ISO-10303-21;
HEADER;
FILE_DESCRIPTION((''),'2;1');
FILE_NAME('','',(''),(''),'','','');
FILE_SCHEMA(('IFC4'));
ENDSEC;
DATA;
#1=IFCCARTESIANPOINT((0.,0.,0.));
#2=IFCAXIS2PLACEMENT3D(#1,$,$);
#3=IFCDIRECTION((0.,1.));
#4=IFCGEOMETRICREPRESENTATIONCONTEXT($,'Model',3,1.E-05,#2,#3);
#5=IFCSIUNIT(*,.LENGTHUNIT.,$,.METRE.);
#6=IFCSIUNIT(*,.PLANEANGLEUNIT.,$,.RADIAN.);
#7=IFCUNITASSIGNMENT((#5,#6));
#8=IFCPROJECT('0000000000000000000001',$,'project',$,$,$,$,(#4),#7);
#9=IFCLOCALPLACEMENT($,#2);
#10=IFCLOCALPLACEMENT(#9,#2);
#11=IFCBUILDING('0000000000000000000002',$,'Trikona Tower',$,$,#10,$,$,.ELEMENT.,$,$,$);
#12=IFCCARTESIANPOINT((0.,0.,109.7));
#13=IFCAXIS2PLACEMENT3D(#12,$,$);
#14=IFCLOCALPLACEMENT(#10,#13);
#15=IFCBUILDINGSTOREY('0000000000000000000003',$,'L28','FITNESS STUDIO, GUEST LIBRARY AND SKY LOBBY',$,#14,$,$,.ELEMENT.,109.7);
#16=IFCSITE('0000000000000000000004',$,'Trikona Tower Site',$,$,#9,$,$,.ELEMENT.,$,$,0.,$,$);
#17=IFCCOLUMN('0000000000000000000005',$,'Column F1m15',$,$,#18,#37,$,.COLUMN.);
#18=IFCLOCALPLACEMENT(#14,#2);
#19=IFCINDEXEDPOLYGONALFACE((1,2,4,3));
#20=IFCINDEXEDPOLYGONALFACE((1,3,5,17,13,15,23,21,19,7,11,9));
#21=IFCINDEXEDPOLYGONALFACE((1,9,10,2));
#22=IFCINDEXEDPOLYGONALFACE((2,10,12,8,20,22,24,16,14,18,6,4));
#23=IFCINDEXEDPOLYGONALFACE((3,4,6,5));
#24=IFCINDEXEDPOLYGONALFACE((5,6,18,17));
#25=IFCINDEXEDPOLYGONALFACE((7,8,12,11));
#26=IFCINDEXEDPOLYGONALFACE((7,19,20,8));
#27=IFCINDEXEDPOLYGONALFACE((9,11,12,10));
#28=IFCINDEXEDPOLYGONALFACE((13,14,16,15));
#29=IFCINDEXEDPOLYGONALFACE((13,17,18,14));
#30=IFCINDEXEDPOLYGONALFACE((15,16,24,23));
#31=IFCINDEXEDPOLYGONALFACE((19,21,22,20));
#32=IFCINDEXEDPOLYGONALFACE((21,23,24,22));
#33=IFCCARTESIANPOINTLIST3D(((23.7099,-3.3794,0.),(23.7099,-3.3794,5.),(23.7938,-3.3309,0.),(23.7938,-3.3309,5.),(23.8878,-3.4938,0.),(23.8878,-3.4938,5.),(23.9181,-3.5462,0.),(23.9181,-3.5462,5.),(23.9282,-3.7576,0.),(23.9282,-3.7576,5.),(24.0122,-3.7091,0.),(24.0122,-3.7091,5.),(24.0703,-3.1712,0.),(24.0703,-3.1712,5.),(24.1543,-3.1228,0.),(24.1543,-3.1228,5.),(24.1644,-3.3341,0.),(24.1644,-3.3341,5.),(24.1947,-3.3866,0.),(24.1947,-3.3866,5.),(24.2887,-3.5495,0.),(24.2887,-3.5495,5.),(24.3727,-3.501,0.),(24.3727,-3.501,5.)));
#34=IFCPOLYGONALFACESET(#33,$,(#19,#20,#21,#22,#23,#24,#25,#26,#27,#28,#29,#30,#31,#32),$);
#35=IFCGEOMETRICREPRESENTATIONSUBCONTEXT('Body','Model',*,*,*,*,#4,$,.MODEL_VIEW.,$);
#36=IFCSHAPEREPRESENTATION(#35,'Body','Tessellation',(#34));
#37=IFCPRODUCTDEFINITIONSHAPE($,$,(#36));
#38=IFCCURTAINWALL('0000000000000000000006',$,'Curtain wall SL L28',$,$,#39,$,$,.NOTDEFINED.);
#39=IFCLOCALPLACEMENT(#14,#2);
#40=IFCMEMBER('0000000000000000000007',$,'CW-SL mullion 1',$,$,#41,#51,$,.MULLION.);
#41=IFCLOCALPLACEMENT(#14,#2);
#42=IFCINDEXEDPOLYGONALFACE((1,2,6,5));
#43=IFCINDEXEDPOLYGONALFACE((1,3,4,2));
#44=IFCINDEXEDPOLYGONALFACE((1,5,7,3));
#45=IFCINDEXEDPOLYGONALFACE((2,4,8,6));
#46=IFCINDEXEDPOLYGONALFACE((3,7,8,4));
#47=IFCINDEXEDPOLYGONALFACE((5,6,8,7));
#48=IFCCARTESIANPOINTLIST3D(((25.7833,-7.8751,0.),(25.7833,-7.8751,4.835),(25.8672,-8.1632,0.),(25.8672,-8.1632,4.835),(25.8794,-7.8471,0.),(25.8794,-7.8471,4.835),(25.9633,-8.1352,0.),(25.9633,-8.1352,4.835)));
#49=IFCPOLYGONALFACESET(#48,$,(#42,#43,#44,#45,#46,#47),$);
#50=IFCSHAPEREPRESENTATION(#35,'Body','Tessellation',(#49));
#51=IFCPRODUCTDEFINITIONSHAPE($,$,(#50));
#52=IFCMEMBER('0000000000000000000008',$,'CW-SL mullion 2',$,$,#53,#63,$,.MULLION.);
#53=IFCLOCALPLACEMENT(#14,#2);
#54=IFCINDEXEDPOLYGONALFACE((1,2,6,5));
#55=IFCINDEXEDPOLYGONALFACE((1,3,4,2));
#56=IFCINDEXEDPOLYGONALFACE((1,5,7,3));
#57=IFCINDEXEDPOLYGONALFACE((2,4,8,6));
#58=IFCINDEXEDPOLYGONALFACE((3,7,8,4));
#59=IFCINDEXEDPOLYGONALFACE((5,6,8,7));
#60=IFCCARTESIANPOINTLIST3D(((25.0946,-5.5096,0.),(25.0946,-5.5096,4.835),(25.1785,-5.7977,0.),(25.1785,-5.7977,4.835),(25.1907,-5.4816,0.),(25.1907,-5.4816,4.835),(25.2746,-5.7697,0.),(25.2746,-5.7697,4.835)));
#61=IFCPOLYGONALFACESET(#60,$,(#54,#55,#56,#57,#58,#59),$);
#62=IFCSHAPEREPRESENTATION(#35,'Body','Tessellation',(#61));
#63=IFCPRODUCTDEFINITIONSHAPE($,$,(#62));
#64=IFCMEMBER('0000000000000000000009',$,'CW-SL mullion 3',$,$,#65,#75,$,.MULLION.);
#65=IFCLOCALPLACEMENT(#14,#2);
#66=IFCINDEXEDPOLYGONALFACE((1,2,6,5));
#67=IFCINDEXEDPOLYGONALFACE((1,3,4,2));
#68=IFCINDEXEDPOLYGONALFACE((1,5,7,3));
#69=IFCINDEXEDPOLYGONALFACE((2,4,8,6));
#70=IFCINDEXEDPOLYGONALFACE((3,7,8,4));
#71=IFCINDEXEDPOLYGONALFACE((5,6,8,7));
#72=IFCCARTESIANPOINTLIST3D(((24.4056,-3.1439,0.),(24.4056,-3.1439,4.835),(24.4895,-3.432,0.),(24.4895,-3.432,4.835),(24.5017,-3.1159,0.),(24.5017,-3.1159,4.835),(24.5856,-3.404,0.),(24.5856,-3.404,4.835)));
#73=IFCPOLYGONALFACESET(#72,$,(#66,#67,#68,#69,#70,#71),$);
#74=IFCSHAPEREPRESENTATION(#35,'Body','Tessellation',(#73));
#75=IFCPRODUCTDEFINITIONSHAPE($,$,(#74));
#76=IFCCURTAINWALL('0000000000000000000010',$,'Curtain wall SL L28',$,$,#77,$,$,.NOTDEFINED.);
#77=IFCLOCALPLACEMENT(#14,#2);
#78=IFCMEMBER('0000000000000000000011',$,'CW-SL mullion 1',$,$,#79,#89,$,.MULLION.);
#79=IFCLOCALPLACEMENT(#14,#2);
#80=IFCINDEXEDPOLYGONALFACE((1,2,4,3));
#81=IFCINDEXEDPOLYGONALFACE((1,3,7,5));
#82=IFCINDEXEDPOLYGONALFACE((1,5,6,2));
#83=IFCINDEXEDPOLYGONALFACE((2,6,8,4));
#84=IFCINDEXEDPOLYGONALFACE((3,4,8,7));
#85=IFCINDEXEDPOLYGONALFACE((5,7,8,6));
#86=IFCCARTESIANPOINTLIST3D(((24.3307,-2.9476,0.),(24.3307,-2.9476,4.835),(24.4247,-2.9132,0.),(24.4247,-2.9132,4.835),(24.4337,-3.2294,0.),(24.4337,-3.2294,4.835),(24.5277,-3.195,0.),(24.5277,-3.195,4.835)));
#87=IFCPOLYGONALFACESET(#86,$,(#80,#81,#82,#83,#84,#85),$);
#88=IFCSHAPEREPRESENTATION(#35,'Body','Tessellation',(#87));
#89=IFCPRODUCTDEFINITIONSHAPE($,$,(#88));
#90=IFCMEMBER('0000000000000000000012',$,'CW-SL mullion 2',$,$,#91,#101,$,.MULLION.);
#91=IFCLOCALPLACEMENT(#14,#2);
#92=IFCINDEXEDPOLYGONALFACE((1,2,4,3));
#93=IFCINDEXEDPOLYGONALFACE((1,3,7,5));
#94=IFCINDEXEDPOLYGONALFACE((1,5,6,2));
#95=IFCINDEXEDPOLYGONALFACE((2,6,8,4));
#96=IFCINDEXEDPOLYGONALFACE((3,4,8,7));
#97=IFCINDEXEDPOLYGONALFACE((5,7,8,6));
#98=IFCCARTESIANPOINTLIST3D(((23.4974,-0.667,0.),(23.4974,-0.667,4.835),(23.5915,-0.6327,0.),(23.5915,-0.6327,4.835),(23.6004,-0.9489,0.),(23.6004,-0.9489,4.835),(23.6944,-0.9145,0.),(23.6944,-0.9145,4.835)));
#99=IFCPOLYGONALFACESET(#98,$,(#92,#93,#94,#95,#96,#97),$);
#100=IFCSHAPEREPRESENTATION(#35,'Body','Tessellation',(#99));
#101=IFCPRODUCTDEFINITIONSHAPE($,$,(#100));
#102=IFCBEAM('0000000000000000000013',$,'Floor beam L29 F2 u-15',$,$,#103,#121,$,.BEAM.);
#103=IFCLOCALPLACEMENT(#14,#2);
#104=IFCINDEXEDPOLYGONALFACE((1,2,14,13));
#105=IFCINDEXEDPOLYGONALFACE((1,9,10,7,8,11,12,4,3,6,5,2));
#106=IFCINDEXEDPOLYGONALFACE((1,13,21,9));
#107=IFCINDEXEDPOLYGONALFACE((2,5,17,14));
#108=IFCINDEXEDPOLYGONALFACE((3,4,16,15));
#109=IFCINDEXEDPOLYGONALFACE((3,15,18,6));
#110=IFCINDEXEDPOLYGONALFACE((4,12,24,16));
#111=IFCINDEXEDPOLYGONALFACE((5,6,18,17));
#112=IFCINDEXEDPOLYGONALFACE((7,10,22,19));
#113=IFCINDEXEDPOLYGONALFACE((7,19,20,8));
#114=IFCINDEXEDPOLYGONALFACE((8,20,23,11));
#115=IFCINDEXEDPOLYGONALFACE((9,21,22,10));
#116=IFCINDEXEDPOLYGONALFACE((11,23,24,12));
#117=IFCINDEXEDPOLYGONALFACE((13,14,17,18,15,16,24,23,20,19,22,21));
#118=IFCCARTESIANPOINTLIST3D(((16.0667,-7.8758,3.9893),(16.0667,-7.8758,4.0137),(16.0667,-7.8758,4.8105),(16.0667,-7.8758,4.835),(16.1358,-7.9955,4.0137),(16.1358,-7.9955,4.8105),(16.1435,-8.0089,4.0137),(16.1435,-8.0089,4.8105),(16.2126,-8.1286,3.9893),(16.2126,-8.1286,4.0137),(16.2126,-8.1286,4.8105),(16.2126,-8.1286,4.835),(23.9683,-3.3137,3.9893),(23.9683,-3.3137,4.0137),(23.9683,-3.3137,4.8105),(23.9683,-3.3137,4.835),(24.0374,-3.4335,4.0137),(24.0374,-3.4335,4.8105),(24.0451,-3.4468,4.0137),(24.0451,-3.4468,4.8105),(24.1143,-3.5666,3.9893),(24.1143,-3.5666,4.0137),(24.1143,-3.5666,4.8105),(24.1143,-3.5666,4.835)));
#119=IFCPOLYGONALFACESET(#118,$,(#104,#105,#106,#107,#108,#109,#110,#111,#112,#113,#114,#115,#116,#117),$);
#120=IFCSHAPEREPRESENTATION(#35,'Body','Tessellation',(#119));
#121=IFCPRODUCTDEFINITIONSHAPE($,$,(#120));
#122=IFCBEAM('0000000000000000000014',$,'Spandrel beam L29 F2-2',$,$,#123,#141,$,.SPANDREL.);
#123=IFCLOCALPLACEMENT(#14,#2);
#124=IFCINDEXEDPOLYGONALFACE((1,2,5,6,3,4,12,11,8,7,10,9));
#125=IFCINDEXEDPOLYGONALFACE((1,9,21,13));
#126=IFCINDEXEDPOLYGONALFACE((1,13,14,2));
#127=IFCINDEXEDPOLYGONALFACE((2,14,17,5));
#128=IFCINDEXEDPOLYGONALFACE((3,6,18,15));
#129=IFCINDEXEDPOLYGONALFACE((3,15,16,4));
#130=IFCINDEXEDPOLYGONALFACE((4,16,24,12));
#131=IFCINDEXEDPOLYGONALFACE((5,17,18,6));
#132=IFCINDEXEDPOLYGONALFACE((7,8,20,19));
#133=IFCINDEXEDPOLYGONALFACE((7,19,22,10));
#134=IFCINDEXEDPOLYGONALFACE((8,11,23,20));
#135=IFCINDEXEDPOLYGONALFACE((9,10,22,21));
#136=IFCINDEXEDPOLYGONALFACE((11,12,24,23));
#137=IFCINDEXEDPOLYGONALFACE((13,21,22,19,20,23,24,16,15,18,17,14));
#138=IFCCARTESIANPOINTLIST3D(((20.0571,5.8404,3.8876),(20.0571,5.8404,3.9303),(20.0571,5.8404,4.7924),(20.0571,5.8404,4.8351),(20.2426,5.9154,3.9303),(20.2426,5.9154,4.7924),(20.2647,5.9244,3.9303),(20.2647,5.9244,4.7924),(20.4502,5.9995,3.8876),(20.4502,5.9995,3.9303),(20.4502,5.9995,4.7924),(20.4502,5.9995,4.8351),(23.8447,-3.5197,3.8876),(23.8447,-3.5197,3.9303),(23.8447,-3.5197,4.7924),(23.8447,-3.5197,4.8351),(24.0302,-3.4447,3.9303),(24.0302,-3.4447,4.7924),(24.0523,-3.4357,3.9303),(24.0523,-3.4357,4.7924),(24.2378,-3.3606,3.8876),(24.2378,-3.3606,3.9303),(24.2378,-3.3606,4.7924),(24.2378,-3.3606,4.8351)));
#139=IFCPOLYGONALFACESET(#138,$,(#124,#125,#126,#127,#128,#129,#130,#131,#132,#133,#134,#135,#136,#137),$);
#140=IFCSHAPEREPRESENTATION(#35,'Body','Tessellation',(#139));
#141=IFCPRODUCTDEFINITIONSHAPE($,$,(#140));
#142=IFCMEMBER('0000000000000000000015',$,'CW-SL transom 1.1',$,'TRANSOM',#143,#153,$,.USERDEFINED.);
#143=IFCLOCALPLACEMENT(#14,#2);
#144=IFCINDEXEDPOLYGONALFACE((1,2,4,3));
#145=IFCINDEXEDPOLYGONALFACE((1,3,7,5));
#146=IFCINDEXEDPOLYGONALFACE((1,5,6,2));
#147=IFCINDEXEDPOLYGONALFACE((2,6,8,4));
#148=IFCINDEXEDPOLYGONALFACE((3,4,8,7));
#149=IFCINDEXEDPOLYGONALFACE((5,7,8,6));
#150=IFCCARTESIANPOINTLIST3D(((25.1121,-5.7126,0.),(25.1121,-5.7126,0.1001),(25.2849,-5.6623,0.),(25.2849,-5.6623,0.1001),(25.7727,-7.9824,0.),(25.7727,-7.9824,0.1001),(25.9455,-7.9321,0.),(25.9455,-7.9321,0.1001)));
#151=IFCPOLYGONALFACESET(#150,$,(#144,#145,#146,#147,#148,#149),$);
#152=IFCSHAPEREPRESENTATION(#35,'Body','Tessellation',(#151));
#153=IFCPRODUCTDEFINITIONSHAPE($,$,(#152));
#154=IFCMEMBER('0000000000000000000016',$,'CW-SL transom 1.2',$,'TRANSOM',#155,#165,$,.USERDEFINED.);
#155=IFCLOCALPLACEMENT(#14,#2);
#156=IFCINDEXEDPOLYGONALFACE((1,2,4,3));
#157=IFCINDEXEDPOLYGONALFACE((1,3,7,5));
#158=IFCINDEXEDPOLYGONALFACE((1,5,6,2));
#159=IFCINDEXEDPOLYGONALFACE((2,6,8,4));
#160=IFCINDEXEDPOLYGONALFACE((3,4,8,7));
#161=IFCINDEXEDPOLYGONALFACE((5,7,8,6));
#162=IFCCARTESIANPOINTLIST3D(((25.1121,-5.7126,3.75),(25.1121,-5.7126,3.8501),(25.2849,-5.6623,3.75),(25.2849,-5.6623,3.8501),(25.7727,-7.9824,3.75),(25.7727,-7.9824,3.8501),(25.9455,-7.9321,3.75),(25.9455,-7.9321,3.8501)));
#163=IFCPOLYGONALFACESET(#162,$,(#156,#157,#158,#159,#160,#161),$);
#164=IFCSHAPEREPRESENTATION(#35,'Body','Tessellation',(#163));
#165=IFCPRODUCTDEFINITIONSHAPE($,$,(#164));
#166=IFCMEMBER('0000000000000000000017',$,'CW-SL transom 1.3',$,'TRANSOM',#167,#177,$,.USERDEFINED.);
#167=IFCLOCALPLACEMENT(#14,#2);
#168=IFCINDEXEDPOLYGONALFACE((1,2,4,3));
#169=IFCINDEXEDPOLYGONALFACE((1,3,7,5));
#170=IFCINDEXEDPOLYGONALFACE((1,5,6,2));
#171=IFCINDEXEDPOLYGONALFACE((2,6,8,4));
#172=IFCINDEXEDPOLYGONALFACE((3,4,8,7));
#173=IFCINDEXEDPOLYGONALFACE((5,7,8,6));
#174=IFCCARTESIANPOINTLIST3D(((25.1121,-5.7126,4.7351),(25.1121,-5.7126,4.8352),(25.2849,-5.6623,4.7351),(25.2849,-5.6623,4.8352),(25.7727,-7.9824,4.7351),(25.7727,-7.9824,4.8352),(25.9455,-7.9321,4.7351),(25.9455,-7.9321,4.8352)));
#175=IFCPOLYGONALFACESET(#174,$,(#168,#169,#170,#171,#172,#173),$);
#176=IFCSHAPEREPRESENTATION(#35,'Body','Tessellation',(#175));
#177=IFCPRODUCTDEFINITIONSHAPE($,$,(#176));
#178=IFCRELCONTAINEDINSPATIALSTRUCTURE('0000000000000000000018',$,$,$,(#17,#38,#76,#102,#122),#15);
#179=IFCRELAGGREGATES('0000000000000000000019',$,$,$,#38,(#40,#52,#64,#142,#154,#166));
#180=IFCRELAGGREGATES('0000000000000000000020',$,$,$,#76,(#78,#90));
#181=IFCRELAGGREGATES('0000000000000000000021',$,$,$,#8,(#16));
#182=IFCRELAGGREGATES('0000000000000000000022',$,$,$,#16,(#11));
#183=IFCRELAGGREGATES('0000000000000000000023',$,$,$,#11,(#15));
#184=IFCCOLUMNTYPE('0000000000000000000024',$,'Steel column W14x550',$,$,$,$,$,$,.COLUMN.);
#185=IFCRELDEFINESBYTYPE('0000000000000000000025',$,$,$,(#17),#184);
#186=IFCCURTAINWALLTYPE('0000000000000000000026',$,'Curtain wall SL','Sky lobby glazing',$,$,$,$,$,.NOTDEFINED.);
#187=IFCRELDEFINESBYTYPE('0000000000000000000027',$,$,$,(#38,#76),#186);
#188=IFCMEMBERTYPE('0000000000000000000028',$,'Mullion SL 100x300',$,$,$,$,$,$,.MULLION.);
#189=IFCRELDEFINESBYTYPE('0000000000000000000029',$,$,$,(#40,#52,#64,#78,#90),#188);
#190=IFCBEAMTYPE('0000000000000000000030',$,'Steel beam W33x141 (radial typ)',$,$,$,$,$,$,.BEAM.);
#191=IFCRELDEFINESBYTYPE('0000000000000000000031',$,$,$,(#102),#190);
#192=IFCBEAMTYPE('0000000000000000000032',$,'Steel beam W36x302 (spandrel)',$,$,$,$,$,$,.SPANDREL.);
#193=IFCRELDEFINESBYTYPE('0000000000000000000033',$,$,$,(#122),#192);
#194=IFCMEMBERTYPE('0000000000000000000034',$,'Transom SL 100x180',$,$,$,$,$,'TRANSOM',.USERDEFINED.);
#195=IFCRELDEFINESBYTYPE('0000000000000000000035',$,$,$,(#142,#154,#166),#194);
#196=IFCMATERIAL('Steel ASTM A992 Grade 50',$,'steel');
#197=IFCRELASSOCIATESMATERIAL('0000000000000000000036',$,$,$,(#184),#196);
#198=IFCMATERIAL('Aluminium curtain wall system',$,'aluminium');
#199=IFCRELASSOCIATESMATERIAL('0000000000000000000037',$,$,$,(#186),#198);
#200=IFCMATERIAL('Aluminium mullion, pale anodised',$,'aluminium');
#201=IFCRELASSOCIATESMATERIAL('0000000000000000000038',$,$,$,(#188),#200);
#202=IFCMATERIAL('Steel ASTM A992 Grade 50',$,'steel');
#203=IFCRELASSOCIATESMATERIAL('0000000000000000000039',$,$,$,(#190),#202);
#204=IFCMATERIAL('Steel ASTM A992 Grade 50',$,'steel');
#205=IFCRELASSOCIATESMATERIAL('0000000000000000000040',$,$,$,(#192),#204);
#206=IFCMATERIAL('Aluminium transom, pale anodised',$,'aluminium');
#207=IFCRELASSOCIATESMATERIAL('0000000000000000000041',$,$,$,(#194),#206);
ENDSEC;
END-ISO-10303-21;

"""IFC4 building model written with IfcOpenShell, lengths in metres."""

from ifc_helpers import new_model, si_unit, direction, frame, origin, origin_2d, place, context, subcontext, project, spatial, rectangle, i_section, extrude, material, material_profile, profile_set, type_object, element, aggregate, save


model = new_model("IFC4")

# Units and contexts
model_context = context("Model", 3, precision=1e-05, world=origin(), true_north=direction((0.0, 1.0)))
body_context = subcontext(model_context, "Body", "Model", "MODEL_VIEW")
ifc_project = project(units=[si_unit("LENGTHUNIT", "METRE"), si_unit("PLANEANGLEUNIT", "RADIAN")], contexts=[model_context])

# Site, building, storey
site_placement = place(None, origin())
site = spatial("IfcSite", under=ifc_project, at=site_placement, Name="Trikona Tower Site", CompositionType="ELEMENT", RefElevation=0.0)
building_placement = place(site_placement, origin())
building = spatial("IfcBuilding", under=site, at=building_placement, Name="Trikona Tower", CompositionType="ELEMENT")
storey_placement = place(building_placement, frame((0.0, 0.0, 109.7)))
storey = spatial("IfcBuildingStorey", under=building, at=storey_placement, Name="L28", Description="FITNESS STUDIO, GUEST LIBRARY AND SKY LOBBY", CompositionType="ELEMENT", Elevation=109.7)

# Column
ifc_material_1 = material(Name="Steel ASTM A992 Grade 50", Category="steel")
ifc_material_profile_1 = material_profile(ifc_material_1, i_section(OverallWidth=0.4368, OverallDepth=0.5132, WebThickness=0.0605, FlangeThickness=0.0969, at=origin_2d()), Name="W14X550")
ifc_profile_set_1 = profile_set([ifc_material_profile_1], Name="Steel ASTM A992 Grade 50")
column_type = type_object("IfcColumnType", Name="Steel column W14x550", PredefinedType="COLUMN", material=ifc_profile_set_1)
column_placement = place(storey_placement, frame((24.0413, -3.4402, 0.0), z_axis=(0.0, 0.0, 1.0), x_axis=(-0.5, 0.866025, 0.0)))
element("IfcColumn", 1, at=column_placement, inside=storey, type_object=column_type, Name="Column F1m15", PredefinedType="COLUMN", context=body_context, shape_type="SweptSolid", body=[
    extrude(i_section(OverallWidth=0.4368, OverallDepth=0.5132, WebThickness=0.0605, FlangeThickness=0.0969, at=origin_2d()), origin(), (0.0, 0.0, 1.0), 5.0),
])

# Curtain walls, members
ifc_material_2 = material(Name="Aluminium curtain wall system", Category="aluminium")
curtain_wall_type = type_object("IfcCurtainWallType", Name="Curtain wall SL", Description="Sky lobby glazing", PredefinedType="NOTDEFINED", material=ifc_material_2)
curtain_wall_1_placement = place(storey_placement, origin())
curtain_wall_1 = element("IfcCurtainWall", 2, at=curtain_wall_1_placement, inside=storey, type_object=curtain_wall_type, Name="Curtain wall SL L28", PredefinedType="NOTDEFINED")
ifc_material_3 = material(Name="Aluminium mullion, pale anodised", Category="aluminium")
ifc_material_profile_2 = material_profile(ifc_material_3, rectangle(XDim=0.1001, YDim=0.3, at=origin_2d()), Name="MUL-SL")
ifc_profile_set_2 = profile_set([ifc_material_profile_2], Name="Aluminium mullion, pale anodised")
member_type_1 = type_object("IfcMemberType", Name="Mullion SL 100x300", PredefinedType="MULLION", material=ifc_profile_set_2)
member_1_placement = place(storey_placement, frame((25.8733, -8.0051, 0.0), z_axis=(0.0, 0.0, 1.0), x_axis=(-0.960132, -0.279549, 0.0)))
member_1 = element("IfcMember", 3, at=member_1_placement, type_object=member_type_1, Name="CW-SL mullion 1", PredefinedType="MULLION", context=body_context, shape_type="SweptSolid", body=[
    extrude(rectangle(XDim=0.1001, YDim=0.3, at=origin_2d()), origin(), (0.0, 0.0, 1.0), 4.835),
])
member_2_placement = place(storey_placement, frame((25.1846, -5.6396, 0.0), z_axis=(0.0, 0.0, 1.0), x_axis=(-0.960132, -0.279549, 0.0)))
member_2 = element("IfcMember", 4, at=member_2_placement, type_object=member_type_1, Name="CW-SL mullion 2", PredefinedType="MULLION", context=body_context, shape_type="SweptSolid", body=[
    extrude(rectangle(XDim=0.1001, YDim=0.3, at=origin_2d()), origin(), (0.0, 0.0, 1.0), 4.835),
])
member_3_placement = place(storey_placement, frame((24.4956, -3.2739, 0.0), z_axis=(0.0, 0.0, 1.0), x_axis=(-0.960132, -0.279549, 0.0)))
member_3 = element("IfcMember", 5, at=member_3_placement, type_object=member_type_1, Name="CW-SL mullion 3", PredefinedType="MULLION", context=body_context, shape_type="SweptSolid", body=[
    extrude(rectangle(XDim=0.1001, YDim=0.3, at=origin_2d()), origin(), (0.0, 0.0, 1.0), 4.835),
])
curtain_wall_2_placement = place(storey_placement, origin())
curtain_wall_2 = element("IfcCurtainWall", 6, at=curtain_wall_2_placement, inside=storey, type_object=curtain_wall_type, Name="Curtain wall SL L28", PredefinedType="NOTDEFINED")
member_4_placement = place(storey_placement, frame((24.4292, -3.0713, 0.0), z_axis=(0.0, 0.0, 1.0), x_axis=(-0.939256, -0.343217, 0.0)))
member_4 = element("IfcMember", 7, at=member_4_placement, type_object=member_type_1, Name="CW-SL mullion 1", PredefinedType="MULLION", context=body_context, shape_type="SweptSolid", body=[
    extrude(rectangle(XDim=0.1001, YDim=0.3, at=origin_2d()), origin(), (0.0, 0.0, 1.0), 4.835),
])
member_5_placement = place(storey_placement, frame((23.5959, -0.7908, 0.0), z_axis=(0.0, 0.0, 1.0), x_axis=(-0.939256, -0.343217, 0.0)))
member_5 = element("IfcMember", 8, at=member_5_placement, type_object=member_type_1, Name="CW-SL mullion 2", PredefinedType="MULLION", context=body_context, shape_type="SweptSolid", body=[
    extrude(rectangle(XDim=0.1001, YDim=0.3, at=origin_2d()), origin(), (0.0, 0.0, 1.0), 4.835),
])

# Beams
ifc_material_4 = material(Name="Steel ASTM A992 Grade 50", Category="steel")
ifc_material_profile_3 = material_profile(ifc_material_4, i_section(OverallWidth=0.292, OverallDepth=0.8457, WebThickness=0.0154, FlangeThickness=0.0244, at=origin_2d()), Name="W33X141")
ifc_profile_set_3 = profile_set([ifc_material_profile_3], Name="Steel ASTM A992 Grade 50")
beam_type_1 = type_object("IfcBeamType", Name="Steel beam W33x141 (radial typ)", PredefinedType="BEAM", material=ifc_profile_set_3)
beam_1_placement = place(storey_placement, frame((16.1396, -8.0022, 4.4121), z_axis=(0.866025, 0.500001, 0.0), x_axis=(-0.500001, 0.866025, 0.0)))
element("IfcBeam", 9, at=beam_1_placement, inside=storey, type_object=beam_type_1, Name="Floor beam L29 F2 u-15", PredefinedType="BEAM", context=body_context, shape_type="SweptSolid", body=[
    extrude(i_section(OverallWidth=0.292, OverallDepth=0.8457, WebThickness=0.0154, FlangeThickness=0.0244, at=origin_2d()), origin(), (0.0, 0.0, 1.0), 9.124),
])
ifc_material_5 = material(Name="Steel ASTM A992 Grade 50", Category="steel")
ifc_material_profile_4 = material_profile(ifc_material_5, i_section(OverallWidth=0.4241, OverallDepth=0.9475, WebThickness=0.0239, FlangeThickness=0.0427, at=origin_2d()), Name="W36X302")
ifc_profile_set_4 = profile_set([ifc_material_profile_4], Name="Steel ASTM A992 Grade 50")
beam_type_2 = type_object("IfcBeamType", Name="Steel beam W36x302 (spandrel)", PredefinedType="SPANDREL", material=ifc_profile_set_4)
beam_2_placement = place(storey_placement, frame((24.0413, -3.4402, 4.3613), z_axis=(-0.375106, 0.926982, 0.0), x_axis=(-0.926982, -0.375106, 0.0)))
element("IfcBeam", 10, at=beam_2_placement, inside=storey, type_object=beam_type_2, Name="Spandrel beam L29 F2-2", PredefinedType="SPANDREL", context=body_context, shape_type="SweptSolid", body=[
    extrude(i_section(OverallWidth=0.4241, OverallDepth=0.9475, WebThickness=0.0239, FlangeThickness=0.0427, at=origin_2d()), origin(), (0.0, 0.0, 1.0), 10.0974),
])

# Members
ifc_material_6 = material(Name="Aluminium transom, pale anodised", Category="aluminium")
ifc_material_profile_5 = material_profile(ifc_material_6, rectangle(XDim=0.1799, YDim=0.1001, at=origin_2d()), Name="TRN-SL")
ifc_profile_set_5 = profile_set([ifc_material_profile_5], Name="Aluminium transom, pale anodised")
member_type_2 = type_object("IfcMemberType", Name="Transom SL 100x180", ElementType="TRANSOM", PredefinedType="USERDEFINED", material=ifc_profile_set_5)
member_6_placement = place(storey_placement, frame((25.8591, -7.9573, 0.05), z_axis=(-0.279465, 0.960156, 0.0), x_axis=(-0.960156, -0.279465, 0.0)))
member_6 = element("IfcMember", 11, at=member_6_placement, type_object=member_type_2, Name="CW-SL transom 1.1", ObjectType="TRANSOM", PredefinedType="USERDEFINED", context=body_context, shape_type="SweptSolid", body=[
    extrude(rectangle(XDim=0.1799, YDim=0.1001, at=origin_2d()), origin(), (0.0, 0.0, 1.0), 2.364),
])
member_7_placement = place(storey_placement, frame((25.8591, -7.9573, 3.8), z_axis=(-0.279465, 0.960156, 0.0), x_axis=(-0.960156, -0.279465, 0.0)))
member_7 = element("IfcMember", 12, at=member_7_placement, type_object=member_type_2, Name="CW-SL transom 1.2", ObjectType="TRANSOM", PredefinedType="USERDEFINED", context=body_context, shape_type="SweptSolid", body=[
    extrude(rectangle(XDim=0.1799, YDim=0.1001, at=origin_2d()), origin(), (0.0, 0.0, 1.0), 2.364),
])
member_8_placement = place(storey_placement, frame((25.8591, -7.9573, 4.7852), z_axis=(-0.279465, 0.960156, 0.0), x_axis=(-0.960156, -0.279465, 0.0)))
member_8 = element("IfcMember", 13, at=member_8_placement, type_object=member_type_2, Name="CW-SL transom 1.3", ObjectType="TRANSOM", PredefinedType="USERDEFINED", context=body_context, shape_type="SweptSolid", body=[
    extrude(rectangle(XDim=0.1799, YDim=0.1001, at=origin_2d()), origin(), (0.0, 0.0, 1.0), 2.364),
])

aggregate(curtain_wall_1, [member_1, member_2, member_3, member_6, member_7, member_8])
aggregate(curtain_wall_2, [member_4, member_5])

save(model, "model.ifc")
